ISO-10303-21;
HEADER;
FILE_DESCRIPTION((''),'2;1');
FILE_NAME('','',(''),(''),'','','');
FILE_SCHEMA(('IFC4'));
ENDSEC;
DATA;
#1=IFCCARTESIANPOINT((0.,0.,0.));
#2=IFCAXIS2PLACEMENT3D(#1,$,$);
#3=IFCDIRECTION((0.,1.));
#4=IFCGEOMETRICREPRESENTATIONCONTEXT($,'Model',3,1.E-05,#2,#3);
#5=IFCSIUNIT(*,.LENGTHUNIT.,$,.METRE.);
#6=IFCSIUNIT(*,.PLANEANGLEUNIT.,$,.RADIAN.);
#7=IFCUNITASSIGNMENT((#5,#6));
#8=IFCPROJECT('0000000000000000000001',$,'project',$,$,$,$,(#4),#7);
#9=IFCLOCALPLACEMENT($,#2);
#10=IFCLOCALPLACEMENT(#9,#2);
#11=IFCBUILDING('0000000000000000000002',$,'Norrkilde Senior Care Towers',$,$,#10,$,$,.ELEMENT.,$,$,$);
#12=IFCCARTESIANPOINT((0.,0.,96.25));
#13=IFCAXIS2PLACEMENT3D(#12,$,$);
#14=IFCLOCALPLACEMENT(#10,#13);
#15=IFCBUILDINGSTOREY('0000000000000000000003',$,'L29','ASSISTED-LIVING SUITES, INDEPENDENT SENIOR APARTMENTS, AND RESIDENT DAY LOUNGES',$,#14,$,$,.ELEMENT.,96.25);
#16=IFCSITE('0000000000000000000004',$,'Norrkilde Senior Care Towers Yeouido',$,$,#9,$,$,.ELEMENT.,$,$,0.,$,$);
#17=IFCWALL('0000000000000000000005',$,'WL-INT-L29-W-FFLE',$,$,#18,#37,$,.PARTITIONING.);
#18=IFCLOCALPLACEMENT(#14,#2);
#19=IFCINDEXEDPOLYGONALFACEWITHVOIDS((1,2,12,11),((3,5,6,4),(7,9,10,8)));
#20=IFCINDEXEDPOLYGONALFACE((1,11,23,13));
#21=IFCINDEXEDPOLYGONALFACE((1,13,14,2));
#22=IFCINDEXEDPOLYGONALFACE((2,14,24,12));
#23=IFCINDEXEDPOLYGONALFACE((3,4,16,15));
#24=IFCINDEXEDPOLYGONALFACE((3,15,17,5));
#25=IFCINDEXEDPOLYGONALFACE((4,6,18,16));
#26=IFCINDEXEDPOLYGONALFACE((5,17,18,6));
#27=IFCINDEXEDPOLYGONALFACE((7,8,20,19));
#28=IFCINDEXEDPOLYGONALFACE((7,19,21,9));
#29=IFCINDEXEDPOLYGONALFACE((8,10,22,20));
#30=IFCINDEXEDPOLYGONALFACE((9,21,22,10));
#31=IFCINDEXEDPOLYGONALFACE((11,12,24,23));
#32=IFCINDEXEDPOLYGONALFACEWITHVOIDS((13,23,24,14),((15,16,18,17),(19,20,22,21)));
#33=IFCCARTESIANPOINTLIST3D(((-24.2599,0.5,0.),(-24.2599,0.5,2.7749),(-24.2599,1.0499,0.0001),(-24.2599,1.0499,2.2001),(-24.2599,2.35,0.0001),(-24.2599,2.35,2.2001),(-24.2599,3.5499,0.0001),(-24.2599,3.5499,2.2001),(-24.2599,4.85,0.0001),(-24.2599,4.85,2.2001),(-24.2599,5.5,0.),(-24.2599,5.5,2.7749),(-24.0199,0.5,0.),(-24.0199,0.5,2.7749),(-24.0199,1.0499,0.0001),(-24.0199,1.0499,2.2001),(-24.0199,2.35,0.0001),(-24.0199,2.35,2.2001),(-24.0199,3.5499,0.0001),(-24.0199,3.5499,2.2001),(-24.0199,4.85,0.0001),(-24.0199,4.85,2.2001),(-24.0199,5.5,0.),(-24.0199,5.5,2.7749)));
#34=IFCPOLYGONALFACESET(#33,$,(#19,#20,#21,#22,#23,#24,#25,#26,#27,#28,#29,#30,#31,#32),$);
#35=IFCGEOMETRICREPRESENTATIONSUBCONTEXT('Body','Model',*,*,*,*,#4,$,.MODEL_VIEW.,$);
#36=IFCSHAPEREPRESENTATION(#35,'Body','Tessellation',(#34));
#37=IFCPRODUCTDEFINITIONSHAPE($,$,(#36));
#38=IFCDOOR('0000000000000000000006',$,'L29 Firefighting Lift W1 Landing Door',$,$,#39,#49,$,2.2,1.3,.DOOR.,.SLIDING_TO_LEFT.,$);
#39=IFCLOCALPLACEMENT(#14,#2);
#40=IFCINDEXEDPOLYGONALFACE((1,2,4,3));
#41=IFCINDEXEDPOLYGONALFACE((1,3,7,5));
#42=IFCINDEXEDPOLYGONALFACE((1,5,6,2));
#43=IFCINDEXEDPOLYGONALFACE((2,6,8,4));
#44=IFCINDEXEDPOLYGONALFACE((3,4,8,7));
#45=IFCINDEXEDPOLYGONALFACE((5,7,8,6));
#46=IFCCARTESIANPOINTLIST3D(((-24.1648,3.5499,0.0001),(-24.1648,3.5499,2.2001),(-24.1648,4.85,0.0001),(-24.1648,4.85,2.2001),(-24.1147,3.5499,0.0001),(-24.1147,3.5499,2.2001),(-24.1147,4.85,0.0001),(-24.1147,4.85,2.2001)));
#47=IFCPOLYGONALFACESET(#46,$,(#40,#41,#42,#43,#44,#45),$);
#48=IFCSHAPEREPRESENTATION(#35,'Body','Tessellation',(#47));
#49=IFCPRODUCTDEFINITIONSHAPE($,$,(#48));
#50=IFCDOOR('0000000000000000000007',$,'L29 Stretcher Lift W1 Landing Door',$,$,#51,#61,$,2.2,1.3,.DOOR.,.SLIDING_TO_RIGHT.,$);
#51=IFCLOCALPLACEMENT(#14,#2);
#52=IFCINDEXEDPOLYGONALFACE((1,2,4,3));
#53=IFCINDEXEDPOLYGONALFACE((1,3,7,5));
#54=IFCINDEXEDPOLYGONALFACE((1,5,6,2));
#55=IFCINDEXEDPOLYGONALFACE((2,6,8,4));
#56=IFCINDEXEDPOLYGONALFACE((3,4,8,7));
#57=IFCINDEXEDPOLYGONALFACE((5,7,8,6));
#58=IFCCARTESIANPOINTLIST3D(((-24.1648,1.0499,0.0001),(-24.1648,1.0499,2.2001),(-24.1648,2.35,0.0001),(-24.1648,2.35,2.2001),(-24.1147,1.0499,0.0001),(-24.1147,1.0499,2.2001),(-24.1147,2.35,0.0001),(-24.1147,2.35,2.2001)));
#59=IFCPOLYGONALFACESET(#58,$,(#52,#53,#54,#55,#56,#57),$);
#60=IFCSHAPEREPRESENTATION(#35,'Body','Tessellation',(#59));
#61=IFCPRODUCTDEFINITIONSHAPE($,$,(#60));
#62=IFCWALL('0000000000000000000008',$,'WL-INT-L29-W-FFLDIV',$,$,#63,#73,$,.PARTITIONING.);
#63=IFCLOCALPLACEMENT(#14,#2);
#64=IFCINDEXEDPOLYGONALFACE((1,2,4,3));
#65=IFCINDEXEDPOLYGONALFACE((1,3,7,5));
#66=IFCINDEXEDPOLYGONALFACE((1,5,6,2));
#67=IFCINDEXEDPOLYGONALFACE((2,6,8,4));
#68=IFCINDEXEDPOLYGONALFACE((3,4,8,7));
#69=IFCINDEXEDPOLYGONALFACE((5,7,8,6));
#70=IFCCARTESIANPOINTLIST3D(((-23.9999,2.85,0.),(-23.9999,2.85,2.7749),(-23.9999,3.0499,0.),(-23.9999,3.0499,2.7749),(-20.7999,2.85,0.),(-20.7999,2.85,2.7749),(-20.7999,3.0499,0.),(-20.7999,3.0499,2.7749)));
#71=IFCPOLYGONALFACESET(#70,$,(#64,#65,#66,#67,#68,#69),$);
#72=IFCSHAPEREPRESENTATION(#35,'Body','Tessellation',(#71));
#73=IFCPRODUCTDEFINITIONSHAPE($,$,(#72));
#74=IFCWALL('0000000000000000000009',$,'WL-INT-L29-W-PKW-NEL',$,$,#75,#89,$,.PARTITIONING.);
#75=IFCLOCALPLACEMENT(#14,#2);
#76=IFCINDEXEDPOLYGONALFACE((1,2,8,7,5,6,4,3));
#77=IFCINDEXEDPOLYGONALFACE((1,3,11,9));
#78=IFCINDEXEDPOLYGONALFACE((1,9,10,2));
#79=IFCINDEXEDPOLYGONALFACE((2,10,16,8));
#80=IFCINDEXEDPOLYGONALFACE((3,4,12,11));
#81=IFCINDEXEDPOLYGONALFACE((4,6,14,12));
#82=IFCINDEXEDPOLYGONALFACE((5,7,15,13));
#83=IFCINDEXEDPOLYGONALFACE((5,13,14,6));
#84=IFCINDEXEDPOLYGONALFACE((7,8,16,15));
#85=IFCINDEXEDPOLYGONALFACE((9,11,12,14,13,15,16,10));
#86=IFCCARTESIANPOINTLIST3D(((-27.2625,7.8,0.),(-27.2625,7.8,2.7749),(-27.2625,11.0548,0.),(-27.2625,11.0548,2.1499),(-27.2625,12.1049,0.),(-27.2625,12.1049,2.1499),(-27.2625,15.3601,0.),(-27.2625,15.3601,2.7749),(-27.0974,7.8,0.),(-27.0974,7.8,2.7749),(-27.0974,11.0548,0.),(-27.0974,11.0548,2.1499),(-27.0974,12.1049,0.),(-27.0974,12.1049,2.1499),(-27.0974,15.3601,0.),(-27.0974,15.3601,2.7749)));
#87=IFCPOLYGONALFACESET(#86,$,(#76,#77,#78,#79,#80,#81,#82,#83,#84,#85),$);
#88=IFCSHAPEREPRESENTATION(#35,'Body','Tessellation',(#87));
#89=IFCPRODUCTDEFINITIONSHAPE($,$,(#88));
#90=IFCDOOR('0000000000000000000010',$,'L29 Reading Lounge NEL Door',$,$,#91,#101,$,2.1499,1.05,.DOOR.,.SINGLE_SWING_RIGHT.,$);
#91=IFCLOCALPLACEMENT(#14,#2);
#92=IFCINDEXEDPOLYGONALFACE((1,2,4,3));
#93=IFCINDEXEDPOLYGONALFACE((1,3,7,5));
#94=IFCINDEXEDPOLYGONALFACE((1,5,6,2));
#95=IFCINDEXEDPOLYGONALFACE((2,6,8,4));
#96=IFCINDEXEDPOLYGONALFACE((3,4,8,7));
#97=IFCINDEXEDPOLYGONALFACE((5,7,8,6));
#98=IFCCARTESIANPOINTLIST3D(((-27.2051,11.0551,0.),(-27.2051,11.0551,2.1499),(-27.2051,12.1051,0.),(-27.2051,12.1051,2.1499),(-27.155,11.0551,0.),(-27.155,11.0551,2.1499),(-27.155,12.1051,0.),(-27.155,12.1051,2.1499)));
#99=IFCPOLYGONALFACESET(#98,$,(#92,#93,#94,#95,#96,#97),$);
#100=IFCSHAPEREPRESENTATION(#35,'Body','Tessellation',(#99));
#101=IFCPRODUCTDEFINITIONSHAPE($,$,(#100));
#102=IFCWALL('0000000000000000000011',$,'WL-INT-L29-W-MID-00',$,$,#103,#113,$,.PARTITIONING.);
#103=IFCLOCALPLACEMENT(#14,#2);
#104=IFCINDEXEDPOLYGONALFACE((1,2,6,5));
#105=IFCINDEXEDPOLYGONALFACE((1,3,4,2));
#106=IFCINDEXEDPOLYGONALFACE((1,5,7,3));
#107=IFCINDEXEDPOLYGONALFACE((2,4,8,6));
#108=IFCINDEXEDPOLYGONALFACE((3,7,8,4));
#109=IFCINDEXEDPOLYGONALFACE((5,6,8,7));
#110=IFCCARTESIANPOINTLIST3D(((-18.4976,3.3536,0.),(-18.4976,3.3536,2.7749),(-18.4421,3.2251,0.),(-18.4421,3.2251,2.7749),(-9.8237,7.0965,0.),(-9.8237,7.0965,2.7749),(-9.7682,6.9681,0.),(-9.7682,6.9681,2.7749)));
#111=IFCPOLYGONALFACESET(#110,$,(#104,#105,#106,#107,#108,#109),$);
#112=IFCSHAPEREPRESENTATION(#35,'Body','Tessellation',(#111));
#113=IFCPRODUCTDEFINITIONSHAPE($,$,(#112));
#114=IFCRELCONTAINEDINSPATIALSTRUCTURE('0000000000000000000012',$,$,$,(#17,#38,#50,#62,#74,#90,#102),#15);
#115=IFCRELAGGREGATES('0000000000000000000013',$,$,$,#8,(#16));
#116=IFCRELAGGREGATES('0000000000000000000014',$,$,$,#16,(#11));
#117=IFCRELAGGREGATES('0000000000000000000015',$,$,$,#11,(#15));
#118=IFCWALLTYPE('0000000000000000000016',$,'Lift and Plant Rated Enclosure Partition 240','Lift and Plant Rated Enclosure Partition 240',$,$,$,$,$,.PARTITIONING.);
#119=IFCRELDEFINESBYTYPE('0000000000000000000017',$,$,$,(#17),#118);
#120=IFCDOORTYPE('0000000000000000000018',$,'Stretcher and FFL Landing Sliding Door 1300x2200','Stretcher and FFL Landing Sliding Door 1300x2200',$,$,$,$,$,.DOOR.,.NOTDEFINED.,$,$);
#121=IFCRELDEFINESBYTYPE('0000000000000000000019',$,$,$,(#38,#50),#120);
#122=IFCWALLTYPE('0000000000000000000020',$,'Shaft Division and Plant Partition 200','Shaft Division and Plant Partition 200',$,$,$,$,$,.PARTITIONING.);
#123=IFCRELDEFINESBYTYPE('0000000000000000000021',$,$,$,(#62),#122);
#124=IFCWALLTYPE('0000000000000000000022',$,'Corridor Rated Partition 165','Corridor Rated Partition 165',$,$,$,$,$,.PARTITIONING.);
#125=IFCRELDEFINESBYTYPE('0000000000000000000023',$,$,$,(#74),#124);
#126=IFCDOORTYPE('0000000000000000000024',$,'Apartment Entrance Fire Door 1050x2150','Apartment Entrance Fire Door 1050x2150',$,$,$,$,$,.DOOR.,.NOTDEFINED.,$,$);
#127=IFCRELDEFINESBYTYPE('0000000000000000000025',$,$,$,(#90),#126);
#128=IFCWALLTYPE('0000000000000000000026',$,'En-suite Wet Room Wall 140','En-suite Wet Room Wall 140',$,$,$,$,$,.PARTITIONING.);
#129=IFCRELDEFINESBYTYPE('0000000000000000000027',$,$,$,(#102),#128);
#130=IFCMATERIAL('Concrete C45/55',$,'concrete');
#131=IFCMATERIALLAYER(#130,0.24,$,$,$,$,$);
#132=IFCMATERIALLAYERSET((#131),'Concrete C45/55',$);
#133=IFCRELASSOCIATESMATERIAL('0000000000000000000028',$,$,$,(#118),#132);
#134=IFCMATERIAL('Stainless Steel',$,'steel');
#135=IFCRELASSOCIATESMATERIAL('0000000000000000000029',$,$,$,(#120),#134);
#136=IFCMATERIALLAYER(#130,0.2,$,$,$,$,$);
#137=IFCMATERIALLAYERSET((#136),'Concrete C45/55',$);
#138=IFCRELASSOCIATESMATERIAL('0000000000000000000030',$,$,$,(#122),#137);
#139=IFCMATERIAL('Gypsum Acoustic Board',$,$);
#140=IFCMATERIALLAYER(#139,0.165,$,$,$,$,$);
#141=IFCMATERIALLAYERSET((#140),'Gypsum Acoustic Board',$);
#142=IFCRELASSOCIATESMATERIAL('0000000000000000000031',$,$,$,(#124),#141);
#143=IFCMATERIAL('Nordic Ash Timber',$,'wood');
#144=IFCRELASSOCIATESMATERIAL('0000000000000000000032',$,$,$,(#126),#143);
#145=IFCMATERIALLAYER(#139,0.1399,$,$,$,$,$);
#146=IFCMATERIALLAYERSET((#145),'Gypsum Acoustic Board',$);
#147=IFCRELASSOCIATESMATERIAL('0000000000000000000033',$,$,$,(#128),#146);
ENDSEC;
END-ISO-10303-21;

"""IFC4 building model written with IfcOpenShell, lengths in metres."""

from ifc_helpers import new_model, si_unit, direction, frame, frame_2d, origin, place, context, subcontext, project, spatial, rectangle, extrude, source, transform, mapped, material, layer, layer_set, type_object, type_shapes, element, fill, save


model = new_model("IFC4")

# Units and contexts
model_context = context("Model", 3, precision=1e-05, world=origin(), true_north=direction((0.0, 1.0)))
body_context = subcontext(model_context, "Body", "Model", "MODEL_VIEW")
ifc_project = project(units=[si_unit("LENGTHUNIT", "METRE"), si_unit("PLANEANGLEUNIT", "RADIAN")], contexts=[model_context])

# Site, building, storey
site_placement = place(None, origin())
site = spatial("IfcSite", under=ifc_project, at=site_placement, Name="Norrkilde Senior Care Towers Yeouido", CompositionType="ELEMENT", RefElevation=0.0)
building_placement = place(site_placement, origin())
building = spatial("IfcBuilding", under=site, at=building_placement, Name="Norrkilde Senior Care Towers", CompositionType="ELEMENT")
storey_placement = place(building_placement, frame((0.0, 0.0, 96.25)))
storey = spatial("IfcBuildingStorey", under=building, at=storey_placement, Name="L29", Description="ASSISTED-LIVING SUITES, INDEPENDENT SENIOR APARTMENTS, AND RESIDENT DAY LOUNGES", CompositionType="ELEMENT", Elevation=96.25)

# Wall, openings, doors
ifc_material_1 = material(Name="Concrete C45/55", Category="concrete")
ifc_layer_1 = layer(ifc_material_1, 0.24)
ifc_layer_set_1 = layer_set([ifc_layer_1], Name="Concrete C45/55")
wall_type_1 = type_object("IfcWallType", Name="Lift and Plant Rated Enclosure Partition 240", Description="Lift and Plant Rated Enclosure Partition 240", PredefinedType="PARTITIONING", material=ifc_layer_set_1)
shared_shape_1 = source(origin(), body_context, "Body", "SweptSolid", [
    extrude(rectangle(XDim=5.0, YDim=0.24, at=frame_2d((2.5, 0.0))), origin(), (0.0, 0.0, 1.0), 2.7749),
])
type_shapes(wall_type_1, [shared_shape_1])
wall_1_placement = place(storey_placement, frame((-24.1399, 0.5, 0.0), z_axis=(0.0, 0.0, 1.0), x_axis=(0.0, 1.0, 0.0)))
wall_1 = element("IfcWall", 1, at=wall_1_placement, inside=storey, type_object=wall_type_1, Name="WL-INT-L29-W-FFLE", PredefinedType="PARTITIONING", context=body_context, shape_type="MappedRepresentation", body=[
    mapped(shared_shape_1, transform((0.0, 0.0, 0.0), x_axis=(1.0, 0.0, 0.0), y_axis=(0.0, 1.0, 0.0), z_axis=(0.0, 0.0, 1.0), scale=1.0)),
])
opening_1_placement = place(wall_1_placement, frame((3.05, 0.0, 0.0)))
opening_1 = element("IfcOpeningElement", 2, at=opening_1_placement, cuts=wall_1, PredefinedType="OPENING", context=body_context, shape_type="SweptSolid", body=[
    extrude(rectangle(XDim=1.3, YDim=2.2, at=frame_2d((0.6499, 1.1001))), frame((0.0, 0.1299, 0.0), z_axis=(0.0, -1.0, 0.0), x_axis=(1.0, 0.0, 0.0)), (0.0, 0.0, 1.0), 0.26),
])
opening_2_placement = place(wall_1_placement, frame((0.55, 0.0, 0.0)))
opening_2 = element("IfcOpeningElement", 3, at=opening_2_placement, cuts=wall_1, PredefinedType="OPENING", context=body_context, shape_type="SweptSolid", body=[
    extrude(rectangle(XDim=1.3, YDim=2.2, at=frame_2d((0.6499, 1.1001))), frame((0.0, 0.1299, 0.0), z_axis=(0.0, -1.0, 0.0), x_axis=(1.0, 0.0, 0.0)), (0.0, 0.0, 1.0), 0.26),
])
ifc_material_2 = material(Name="Stainless Steel", Category="steel")
door_type_1 = type_object("IfcDoorType", Name="Stretcher and FFL Landing Sliding Door 1300x2200", Description="Stretcher and FFL Landing Sliding Door 1300x2200", OperationType="NOTDEFINED", PredefinedType="DOOR", material=ifc_material_2)
shared_shape_2 = source(origin(), body_context, "Body", "SweptSolid", [
    extrude(rectangle(XDim=1.3, YDim=2.2, at=frame_2d((0.6499, 1.1001))), frame((0.0, 0.0249, 0.0), z_axis=(0.0, -1.0, 0.0), x_axis=(1.0, 0.0, 0.0)), (0.0, 0.0, 1.0), 0.05),
])
type_shapes(door_type_1, [shared_shape_2])
door_1_placement = place(opening_1_placement, origin())
door_1 = element("IfcDoor", 4, at=door_1_placement, inside=storey, type_object=door_type_1, Name="L29 Firefighting Lift W1 Landing Door", OperationType="SLIDING_TO_LEFT", OverallHeight=2.2, OverallWidth=1.3, PredefinedType="DOOR", context=body_context, shape_type="MappedRepresentation", body=[
    mapped(shared_shape_2, transform((0.0, 0.0, 0.0), x_axis=(1.0, 0.0, 0.0), y_axis=(0.0, 1.0, 0.0), z_axis=(0.0, 0.0, 1.0), scale=1.0)),
])
fill(opening_1, door_1)
door_2_placement = place(opening_2_placement, origin())
door_2 = element("IfcDoor", 5, at=door_2_placement, inside=storey, type_object=door_type_1, Name="L29 Stretcher Lift W1 Landing Door", OperationType="SLIDING_TO_RIGHT", OverallHeight=2.2, OverallWidth=1.3, PredefinedType="DOOR", context=body_context, shape_type="MappedRepresentation", body=[
    mapped(shared_shape_2, transform((0.0, 0.0, 0.0), x_axis=(1.0, 0.0, 0.0), y_axis=(0.0, 1.0, 0.0), z_axis=(0.0, 0.0, 1.0), scale=1.0)),
])
fill(opening_2, door_2)

# Wall
ifc_layer_2 = layer(ifc_material_1, 0.2)
ifc_layer_set_2 = layer_set([ifc_layer_2], Name="Concrete C45/55")
wall_type_2 = type_object("IfcWallType", Name="Shaft Division and Plant Partition 200", Description="Shaft Division and Plant Partition 200", PredefinedType="PARTITIONING", material=ifc_layer_set_2)
shared_shape_3 = source(origin(), body_context, "Body", "SweptSolid", [
    extrude(rectangle(XDim=3.2, YDim=0.2, at=frame_2d((1.6001, 0.0))), origin(), (0.0, 0.0, 1.0), 2.7749),
])
type_shapes(wall_type_2, [shared_shape_3])
wall_2_placement = place(storey_placement, frame((-24.0, 2.95, 0.0), z_axis=(0.0, 0.0, 1.0), x_axis=(1.0, 0.0, 0.0)))
element("IfcWall", 6, at=wall_2_placement, inside=storey, type_object=wall_type_2, Name="WL-INT-L29-W-FFLDIV", PredefinedType="PARTITIONING", context=body_context, shape_type="MappedRepresentation", body=[
    mapped(shared_shape_3, transform((0.0, 0.0, 0.0), x_axis=(1.0, 0.0, 0.0), y_axis=(0.0, 1.0, 0.0), z_axis=(0.0, 0.0, 1.0), scale=1.0)),
])

# Wall, opening, door
ifc_material_3 = material(Name="Gypsum Acoustic Board")
ifc_layer_3 = layer(ifc_material_3, 0.165)
ifc_layer_set_3 = layer_set([ifc_layer_3], Name="Gypsum Acoustic Board")
wall_type_3 = type_object("IfcWallType", Name="Corridor Rated Partition 165", Description="Corridor Rated Partition 165", PredefinedType="PARTITIONING", material=ifc_layer_set_3)
shared_shape_4 = source(origin(), body_context, "Body", "SweptSolid", [
    extrude(rectangle(XDim=7.5601, YDim=0.165, at=frame_2d((3.78, 0.0))), origin(), (0.0, 0.0, 1.0), 2.7749),
])
type_shapes(wall_type_3, [shared_shape_4])
wall_3_placement = place(storey_placement, frame((-27.1799, 7.8, 0.0), z_axis=(0.0, 0.0, 1.0), x_axis=(0.0, 1.0, 0.0)))
wall_3 = element("IfcWall", 7, at=wall_3_placement, inside=storey, type_object=wall_type_3, Name="WL-INT-L29-W-PKW-NEL", PredefinedType="PARTITIONING", context=body_context, shape_type="MappedRepresentation", body=[
    mapped(shared_shape_4, transform((0.0, 0.0, 0.0), x_axis=(1.0, 0.0, 0.0), y_axis=(0.0, 1.0, 0.0), z_axis=(0.0, 0.0, 1.0), scale=1.0)),
])
opening_3_placement = place(wall_3_placement, frame((3.2549, 0.0, 0.0)))
opening_3 = element("IfcOpeningElement", 8, at=opening_3_placement, cuts=wall_3, PredefinedType="OPENING", context=body_context, shape_type="SweptSolid", body=[
    extrude(rectangle(XDim=1.05, YDim=2.1499, at=frame_2d((0.5249, 1.075))), frame((0.0, 0.0925, 0.0), z_axis=(0.0, -1.0, 0.0), x_axis=(1.0, 0.0, 0.0)), (0.0, 0.0, 1.0), 0.1851),
])
ifc_material_4 = material(Name="Nordic Ash Timber", Category="wood")
door_type_2 = type_object("IfcDoorType", Name="Apartment Entrance Fire Door 1050x2150", Description="Apartment Entrance Fire Door 1050x2150", OperationType="NOTDEFINED", PredefinedType="DOOR", material=ifc_material_4)
shared_shape_5 = source(origin(), body_context, "Body", "SweptSolid", [
    extrude(rectangle(XDim=1.05, YDim=2.1499, at=frame_2d((0.5249, 1.075))), frame((0.0, 0.0249, 0.0), z_axis=(0.0, -1.0, 0.0), x_axis=(1.0, 0.0, 0.0)), (0.0, 0.0, 1.0), 0.05),
])
type_shapes(door_type_2, [shared_shape_5])
door_3_placement = place(opening_3_placement, frame((1.05, 0.0, 0.0), z_axis=(0.0, 0.0, 1.0), x_axis=(-1.0, 0.0, 0.0)))
door_3 = element("IfcDoor", 9, at=door_3_placement, inside=storey, type_object=door_type_2, Name="L29 Reading Lounge NEL Door", OperationType="SINGLE_SWING_RIGHT", OverallHeight=2.1499, OverallWidth=1.05, PredefinedType="DOOR", context=body_context, shape_type="MappedRepresentation", body=[
    mapped(shared_shape_5, transform((0.0, 0.0, 0.0), x_axis=(1.0, 0.0, 0.0), y_axis=(0.0, 1.0, 0.0), z_axis=(0.0, 0.0, 1.0), scale=1.0)),
])
fill(opening_3, door_3)

# Wall
ifc_layer_4 = layer(ifc_material_3, 0.1399)
ifc_layer_set_4 = layer_set([ifc_layer_4], Name="Gypsum Acoustic Board")
wall_type_4 = type_object("IfcWallType", Name="En-suite Wet Room Wall 140", Description="En-suite Wet Room Wall 140", PredefinedType="PARTITIONING", material=ifc_layer_set_4)
shared_shape_6 = source(origin(), body_context, "Body", "SweptSolid", [
    extrude(rectangle(XDim=9.447, YDim=0.1399, at=frame_2d((4.7236, 0.0))), origin(), (0.0, 0.0, 1.0), 2.7749),
])
type_shapes(wall_type_4, [shared_shape_6])
wall_4_placement = place(storey_placement, frame((-18.47, 3.2893, 0.0), z_axis=(0.0, 0.0, 1.0), x_axis=(0.918162, 0.396204, 0.0)))
element("IfcWall", 10, at=wall_4_placement, inside=storey, type_object=wall_type_4, Name="WL-INT-L29-W-MID-00", PredefinedType="PARTITIONING", context=body_context, shape_type="MappedRepresentation", body=[
    mapped(shared_shape_6, transform((0.0, 0.0, 0.0), x_axis=(1.0, 0.0, 0.0), y_axis=(0.0, 1.0, 0.0), z_axis=(0.0, 0.0, 1.0), scale=1.0)),
])

save(model, "model.ifc")
